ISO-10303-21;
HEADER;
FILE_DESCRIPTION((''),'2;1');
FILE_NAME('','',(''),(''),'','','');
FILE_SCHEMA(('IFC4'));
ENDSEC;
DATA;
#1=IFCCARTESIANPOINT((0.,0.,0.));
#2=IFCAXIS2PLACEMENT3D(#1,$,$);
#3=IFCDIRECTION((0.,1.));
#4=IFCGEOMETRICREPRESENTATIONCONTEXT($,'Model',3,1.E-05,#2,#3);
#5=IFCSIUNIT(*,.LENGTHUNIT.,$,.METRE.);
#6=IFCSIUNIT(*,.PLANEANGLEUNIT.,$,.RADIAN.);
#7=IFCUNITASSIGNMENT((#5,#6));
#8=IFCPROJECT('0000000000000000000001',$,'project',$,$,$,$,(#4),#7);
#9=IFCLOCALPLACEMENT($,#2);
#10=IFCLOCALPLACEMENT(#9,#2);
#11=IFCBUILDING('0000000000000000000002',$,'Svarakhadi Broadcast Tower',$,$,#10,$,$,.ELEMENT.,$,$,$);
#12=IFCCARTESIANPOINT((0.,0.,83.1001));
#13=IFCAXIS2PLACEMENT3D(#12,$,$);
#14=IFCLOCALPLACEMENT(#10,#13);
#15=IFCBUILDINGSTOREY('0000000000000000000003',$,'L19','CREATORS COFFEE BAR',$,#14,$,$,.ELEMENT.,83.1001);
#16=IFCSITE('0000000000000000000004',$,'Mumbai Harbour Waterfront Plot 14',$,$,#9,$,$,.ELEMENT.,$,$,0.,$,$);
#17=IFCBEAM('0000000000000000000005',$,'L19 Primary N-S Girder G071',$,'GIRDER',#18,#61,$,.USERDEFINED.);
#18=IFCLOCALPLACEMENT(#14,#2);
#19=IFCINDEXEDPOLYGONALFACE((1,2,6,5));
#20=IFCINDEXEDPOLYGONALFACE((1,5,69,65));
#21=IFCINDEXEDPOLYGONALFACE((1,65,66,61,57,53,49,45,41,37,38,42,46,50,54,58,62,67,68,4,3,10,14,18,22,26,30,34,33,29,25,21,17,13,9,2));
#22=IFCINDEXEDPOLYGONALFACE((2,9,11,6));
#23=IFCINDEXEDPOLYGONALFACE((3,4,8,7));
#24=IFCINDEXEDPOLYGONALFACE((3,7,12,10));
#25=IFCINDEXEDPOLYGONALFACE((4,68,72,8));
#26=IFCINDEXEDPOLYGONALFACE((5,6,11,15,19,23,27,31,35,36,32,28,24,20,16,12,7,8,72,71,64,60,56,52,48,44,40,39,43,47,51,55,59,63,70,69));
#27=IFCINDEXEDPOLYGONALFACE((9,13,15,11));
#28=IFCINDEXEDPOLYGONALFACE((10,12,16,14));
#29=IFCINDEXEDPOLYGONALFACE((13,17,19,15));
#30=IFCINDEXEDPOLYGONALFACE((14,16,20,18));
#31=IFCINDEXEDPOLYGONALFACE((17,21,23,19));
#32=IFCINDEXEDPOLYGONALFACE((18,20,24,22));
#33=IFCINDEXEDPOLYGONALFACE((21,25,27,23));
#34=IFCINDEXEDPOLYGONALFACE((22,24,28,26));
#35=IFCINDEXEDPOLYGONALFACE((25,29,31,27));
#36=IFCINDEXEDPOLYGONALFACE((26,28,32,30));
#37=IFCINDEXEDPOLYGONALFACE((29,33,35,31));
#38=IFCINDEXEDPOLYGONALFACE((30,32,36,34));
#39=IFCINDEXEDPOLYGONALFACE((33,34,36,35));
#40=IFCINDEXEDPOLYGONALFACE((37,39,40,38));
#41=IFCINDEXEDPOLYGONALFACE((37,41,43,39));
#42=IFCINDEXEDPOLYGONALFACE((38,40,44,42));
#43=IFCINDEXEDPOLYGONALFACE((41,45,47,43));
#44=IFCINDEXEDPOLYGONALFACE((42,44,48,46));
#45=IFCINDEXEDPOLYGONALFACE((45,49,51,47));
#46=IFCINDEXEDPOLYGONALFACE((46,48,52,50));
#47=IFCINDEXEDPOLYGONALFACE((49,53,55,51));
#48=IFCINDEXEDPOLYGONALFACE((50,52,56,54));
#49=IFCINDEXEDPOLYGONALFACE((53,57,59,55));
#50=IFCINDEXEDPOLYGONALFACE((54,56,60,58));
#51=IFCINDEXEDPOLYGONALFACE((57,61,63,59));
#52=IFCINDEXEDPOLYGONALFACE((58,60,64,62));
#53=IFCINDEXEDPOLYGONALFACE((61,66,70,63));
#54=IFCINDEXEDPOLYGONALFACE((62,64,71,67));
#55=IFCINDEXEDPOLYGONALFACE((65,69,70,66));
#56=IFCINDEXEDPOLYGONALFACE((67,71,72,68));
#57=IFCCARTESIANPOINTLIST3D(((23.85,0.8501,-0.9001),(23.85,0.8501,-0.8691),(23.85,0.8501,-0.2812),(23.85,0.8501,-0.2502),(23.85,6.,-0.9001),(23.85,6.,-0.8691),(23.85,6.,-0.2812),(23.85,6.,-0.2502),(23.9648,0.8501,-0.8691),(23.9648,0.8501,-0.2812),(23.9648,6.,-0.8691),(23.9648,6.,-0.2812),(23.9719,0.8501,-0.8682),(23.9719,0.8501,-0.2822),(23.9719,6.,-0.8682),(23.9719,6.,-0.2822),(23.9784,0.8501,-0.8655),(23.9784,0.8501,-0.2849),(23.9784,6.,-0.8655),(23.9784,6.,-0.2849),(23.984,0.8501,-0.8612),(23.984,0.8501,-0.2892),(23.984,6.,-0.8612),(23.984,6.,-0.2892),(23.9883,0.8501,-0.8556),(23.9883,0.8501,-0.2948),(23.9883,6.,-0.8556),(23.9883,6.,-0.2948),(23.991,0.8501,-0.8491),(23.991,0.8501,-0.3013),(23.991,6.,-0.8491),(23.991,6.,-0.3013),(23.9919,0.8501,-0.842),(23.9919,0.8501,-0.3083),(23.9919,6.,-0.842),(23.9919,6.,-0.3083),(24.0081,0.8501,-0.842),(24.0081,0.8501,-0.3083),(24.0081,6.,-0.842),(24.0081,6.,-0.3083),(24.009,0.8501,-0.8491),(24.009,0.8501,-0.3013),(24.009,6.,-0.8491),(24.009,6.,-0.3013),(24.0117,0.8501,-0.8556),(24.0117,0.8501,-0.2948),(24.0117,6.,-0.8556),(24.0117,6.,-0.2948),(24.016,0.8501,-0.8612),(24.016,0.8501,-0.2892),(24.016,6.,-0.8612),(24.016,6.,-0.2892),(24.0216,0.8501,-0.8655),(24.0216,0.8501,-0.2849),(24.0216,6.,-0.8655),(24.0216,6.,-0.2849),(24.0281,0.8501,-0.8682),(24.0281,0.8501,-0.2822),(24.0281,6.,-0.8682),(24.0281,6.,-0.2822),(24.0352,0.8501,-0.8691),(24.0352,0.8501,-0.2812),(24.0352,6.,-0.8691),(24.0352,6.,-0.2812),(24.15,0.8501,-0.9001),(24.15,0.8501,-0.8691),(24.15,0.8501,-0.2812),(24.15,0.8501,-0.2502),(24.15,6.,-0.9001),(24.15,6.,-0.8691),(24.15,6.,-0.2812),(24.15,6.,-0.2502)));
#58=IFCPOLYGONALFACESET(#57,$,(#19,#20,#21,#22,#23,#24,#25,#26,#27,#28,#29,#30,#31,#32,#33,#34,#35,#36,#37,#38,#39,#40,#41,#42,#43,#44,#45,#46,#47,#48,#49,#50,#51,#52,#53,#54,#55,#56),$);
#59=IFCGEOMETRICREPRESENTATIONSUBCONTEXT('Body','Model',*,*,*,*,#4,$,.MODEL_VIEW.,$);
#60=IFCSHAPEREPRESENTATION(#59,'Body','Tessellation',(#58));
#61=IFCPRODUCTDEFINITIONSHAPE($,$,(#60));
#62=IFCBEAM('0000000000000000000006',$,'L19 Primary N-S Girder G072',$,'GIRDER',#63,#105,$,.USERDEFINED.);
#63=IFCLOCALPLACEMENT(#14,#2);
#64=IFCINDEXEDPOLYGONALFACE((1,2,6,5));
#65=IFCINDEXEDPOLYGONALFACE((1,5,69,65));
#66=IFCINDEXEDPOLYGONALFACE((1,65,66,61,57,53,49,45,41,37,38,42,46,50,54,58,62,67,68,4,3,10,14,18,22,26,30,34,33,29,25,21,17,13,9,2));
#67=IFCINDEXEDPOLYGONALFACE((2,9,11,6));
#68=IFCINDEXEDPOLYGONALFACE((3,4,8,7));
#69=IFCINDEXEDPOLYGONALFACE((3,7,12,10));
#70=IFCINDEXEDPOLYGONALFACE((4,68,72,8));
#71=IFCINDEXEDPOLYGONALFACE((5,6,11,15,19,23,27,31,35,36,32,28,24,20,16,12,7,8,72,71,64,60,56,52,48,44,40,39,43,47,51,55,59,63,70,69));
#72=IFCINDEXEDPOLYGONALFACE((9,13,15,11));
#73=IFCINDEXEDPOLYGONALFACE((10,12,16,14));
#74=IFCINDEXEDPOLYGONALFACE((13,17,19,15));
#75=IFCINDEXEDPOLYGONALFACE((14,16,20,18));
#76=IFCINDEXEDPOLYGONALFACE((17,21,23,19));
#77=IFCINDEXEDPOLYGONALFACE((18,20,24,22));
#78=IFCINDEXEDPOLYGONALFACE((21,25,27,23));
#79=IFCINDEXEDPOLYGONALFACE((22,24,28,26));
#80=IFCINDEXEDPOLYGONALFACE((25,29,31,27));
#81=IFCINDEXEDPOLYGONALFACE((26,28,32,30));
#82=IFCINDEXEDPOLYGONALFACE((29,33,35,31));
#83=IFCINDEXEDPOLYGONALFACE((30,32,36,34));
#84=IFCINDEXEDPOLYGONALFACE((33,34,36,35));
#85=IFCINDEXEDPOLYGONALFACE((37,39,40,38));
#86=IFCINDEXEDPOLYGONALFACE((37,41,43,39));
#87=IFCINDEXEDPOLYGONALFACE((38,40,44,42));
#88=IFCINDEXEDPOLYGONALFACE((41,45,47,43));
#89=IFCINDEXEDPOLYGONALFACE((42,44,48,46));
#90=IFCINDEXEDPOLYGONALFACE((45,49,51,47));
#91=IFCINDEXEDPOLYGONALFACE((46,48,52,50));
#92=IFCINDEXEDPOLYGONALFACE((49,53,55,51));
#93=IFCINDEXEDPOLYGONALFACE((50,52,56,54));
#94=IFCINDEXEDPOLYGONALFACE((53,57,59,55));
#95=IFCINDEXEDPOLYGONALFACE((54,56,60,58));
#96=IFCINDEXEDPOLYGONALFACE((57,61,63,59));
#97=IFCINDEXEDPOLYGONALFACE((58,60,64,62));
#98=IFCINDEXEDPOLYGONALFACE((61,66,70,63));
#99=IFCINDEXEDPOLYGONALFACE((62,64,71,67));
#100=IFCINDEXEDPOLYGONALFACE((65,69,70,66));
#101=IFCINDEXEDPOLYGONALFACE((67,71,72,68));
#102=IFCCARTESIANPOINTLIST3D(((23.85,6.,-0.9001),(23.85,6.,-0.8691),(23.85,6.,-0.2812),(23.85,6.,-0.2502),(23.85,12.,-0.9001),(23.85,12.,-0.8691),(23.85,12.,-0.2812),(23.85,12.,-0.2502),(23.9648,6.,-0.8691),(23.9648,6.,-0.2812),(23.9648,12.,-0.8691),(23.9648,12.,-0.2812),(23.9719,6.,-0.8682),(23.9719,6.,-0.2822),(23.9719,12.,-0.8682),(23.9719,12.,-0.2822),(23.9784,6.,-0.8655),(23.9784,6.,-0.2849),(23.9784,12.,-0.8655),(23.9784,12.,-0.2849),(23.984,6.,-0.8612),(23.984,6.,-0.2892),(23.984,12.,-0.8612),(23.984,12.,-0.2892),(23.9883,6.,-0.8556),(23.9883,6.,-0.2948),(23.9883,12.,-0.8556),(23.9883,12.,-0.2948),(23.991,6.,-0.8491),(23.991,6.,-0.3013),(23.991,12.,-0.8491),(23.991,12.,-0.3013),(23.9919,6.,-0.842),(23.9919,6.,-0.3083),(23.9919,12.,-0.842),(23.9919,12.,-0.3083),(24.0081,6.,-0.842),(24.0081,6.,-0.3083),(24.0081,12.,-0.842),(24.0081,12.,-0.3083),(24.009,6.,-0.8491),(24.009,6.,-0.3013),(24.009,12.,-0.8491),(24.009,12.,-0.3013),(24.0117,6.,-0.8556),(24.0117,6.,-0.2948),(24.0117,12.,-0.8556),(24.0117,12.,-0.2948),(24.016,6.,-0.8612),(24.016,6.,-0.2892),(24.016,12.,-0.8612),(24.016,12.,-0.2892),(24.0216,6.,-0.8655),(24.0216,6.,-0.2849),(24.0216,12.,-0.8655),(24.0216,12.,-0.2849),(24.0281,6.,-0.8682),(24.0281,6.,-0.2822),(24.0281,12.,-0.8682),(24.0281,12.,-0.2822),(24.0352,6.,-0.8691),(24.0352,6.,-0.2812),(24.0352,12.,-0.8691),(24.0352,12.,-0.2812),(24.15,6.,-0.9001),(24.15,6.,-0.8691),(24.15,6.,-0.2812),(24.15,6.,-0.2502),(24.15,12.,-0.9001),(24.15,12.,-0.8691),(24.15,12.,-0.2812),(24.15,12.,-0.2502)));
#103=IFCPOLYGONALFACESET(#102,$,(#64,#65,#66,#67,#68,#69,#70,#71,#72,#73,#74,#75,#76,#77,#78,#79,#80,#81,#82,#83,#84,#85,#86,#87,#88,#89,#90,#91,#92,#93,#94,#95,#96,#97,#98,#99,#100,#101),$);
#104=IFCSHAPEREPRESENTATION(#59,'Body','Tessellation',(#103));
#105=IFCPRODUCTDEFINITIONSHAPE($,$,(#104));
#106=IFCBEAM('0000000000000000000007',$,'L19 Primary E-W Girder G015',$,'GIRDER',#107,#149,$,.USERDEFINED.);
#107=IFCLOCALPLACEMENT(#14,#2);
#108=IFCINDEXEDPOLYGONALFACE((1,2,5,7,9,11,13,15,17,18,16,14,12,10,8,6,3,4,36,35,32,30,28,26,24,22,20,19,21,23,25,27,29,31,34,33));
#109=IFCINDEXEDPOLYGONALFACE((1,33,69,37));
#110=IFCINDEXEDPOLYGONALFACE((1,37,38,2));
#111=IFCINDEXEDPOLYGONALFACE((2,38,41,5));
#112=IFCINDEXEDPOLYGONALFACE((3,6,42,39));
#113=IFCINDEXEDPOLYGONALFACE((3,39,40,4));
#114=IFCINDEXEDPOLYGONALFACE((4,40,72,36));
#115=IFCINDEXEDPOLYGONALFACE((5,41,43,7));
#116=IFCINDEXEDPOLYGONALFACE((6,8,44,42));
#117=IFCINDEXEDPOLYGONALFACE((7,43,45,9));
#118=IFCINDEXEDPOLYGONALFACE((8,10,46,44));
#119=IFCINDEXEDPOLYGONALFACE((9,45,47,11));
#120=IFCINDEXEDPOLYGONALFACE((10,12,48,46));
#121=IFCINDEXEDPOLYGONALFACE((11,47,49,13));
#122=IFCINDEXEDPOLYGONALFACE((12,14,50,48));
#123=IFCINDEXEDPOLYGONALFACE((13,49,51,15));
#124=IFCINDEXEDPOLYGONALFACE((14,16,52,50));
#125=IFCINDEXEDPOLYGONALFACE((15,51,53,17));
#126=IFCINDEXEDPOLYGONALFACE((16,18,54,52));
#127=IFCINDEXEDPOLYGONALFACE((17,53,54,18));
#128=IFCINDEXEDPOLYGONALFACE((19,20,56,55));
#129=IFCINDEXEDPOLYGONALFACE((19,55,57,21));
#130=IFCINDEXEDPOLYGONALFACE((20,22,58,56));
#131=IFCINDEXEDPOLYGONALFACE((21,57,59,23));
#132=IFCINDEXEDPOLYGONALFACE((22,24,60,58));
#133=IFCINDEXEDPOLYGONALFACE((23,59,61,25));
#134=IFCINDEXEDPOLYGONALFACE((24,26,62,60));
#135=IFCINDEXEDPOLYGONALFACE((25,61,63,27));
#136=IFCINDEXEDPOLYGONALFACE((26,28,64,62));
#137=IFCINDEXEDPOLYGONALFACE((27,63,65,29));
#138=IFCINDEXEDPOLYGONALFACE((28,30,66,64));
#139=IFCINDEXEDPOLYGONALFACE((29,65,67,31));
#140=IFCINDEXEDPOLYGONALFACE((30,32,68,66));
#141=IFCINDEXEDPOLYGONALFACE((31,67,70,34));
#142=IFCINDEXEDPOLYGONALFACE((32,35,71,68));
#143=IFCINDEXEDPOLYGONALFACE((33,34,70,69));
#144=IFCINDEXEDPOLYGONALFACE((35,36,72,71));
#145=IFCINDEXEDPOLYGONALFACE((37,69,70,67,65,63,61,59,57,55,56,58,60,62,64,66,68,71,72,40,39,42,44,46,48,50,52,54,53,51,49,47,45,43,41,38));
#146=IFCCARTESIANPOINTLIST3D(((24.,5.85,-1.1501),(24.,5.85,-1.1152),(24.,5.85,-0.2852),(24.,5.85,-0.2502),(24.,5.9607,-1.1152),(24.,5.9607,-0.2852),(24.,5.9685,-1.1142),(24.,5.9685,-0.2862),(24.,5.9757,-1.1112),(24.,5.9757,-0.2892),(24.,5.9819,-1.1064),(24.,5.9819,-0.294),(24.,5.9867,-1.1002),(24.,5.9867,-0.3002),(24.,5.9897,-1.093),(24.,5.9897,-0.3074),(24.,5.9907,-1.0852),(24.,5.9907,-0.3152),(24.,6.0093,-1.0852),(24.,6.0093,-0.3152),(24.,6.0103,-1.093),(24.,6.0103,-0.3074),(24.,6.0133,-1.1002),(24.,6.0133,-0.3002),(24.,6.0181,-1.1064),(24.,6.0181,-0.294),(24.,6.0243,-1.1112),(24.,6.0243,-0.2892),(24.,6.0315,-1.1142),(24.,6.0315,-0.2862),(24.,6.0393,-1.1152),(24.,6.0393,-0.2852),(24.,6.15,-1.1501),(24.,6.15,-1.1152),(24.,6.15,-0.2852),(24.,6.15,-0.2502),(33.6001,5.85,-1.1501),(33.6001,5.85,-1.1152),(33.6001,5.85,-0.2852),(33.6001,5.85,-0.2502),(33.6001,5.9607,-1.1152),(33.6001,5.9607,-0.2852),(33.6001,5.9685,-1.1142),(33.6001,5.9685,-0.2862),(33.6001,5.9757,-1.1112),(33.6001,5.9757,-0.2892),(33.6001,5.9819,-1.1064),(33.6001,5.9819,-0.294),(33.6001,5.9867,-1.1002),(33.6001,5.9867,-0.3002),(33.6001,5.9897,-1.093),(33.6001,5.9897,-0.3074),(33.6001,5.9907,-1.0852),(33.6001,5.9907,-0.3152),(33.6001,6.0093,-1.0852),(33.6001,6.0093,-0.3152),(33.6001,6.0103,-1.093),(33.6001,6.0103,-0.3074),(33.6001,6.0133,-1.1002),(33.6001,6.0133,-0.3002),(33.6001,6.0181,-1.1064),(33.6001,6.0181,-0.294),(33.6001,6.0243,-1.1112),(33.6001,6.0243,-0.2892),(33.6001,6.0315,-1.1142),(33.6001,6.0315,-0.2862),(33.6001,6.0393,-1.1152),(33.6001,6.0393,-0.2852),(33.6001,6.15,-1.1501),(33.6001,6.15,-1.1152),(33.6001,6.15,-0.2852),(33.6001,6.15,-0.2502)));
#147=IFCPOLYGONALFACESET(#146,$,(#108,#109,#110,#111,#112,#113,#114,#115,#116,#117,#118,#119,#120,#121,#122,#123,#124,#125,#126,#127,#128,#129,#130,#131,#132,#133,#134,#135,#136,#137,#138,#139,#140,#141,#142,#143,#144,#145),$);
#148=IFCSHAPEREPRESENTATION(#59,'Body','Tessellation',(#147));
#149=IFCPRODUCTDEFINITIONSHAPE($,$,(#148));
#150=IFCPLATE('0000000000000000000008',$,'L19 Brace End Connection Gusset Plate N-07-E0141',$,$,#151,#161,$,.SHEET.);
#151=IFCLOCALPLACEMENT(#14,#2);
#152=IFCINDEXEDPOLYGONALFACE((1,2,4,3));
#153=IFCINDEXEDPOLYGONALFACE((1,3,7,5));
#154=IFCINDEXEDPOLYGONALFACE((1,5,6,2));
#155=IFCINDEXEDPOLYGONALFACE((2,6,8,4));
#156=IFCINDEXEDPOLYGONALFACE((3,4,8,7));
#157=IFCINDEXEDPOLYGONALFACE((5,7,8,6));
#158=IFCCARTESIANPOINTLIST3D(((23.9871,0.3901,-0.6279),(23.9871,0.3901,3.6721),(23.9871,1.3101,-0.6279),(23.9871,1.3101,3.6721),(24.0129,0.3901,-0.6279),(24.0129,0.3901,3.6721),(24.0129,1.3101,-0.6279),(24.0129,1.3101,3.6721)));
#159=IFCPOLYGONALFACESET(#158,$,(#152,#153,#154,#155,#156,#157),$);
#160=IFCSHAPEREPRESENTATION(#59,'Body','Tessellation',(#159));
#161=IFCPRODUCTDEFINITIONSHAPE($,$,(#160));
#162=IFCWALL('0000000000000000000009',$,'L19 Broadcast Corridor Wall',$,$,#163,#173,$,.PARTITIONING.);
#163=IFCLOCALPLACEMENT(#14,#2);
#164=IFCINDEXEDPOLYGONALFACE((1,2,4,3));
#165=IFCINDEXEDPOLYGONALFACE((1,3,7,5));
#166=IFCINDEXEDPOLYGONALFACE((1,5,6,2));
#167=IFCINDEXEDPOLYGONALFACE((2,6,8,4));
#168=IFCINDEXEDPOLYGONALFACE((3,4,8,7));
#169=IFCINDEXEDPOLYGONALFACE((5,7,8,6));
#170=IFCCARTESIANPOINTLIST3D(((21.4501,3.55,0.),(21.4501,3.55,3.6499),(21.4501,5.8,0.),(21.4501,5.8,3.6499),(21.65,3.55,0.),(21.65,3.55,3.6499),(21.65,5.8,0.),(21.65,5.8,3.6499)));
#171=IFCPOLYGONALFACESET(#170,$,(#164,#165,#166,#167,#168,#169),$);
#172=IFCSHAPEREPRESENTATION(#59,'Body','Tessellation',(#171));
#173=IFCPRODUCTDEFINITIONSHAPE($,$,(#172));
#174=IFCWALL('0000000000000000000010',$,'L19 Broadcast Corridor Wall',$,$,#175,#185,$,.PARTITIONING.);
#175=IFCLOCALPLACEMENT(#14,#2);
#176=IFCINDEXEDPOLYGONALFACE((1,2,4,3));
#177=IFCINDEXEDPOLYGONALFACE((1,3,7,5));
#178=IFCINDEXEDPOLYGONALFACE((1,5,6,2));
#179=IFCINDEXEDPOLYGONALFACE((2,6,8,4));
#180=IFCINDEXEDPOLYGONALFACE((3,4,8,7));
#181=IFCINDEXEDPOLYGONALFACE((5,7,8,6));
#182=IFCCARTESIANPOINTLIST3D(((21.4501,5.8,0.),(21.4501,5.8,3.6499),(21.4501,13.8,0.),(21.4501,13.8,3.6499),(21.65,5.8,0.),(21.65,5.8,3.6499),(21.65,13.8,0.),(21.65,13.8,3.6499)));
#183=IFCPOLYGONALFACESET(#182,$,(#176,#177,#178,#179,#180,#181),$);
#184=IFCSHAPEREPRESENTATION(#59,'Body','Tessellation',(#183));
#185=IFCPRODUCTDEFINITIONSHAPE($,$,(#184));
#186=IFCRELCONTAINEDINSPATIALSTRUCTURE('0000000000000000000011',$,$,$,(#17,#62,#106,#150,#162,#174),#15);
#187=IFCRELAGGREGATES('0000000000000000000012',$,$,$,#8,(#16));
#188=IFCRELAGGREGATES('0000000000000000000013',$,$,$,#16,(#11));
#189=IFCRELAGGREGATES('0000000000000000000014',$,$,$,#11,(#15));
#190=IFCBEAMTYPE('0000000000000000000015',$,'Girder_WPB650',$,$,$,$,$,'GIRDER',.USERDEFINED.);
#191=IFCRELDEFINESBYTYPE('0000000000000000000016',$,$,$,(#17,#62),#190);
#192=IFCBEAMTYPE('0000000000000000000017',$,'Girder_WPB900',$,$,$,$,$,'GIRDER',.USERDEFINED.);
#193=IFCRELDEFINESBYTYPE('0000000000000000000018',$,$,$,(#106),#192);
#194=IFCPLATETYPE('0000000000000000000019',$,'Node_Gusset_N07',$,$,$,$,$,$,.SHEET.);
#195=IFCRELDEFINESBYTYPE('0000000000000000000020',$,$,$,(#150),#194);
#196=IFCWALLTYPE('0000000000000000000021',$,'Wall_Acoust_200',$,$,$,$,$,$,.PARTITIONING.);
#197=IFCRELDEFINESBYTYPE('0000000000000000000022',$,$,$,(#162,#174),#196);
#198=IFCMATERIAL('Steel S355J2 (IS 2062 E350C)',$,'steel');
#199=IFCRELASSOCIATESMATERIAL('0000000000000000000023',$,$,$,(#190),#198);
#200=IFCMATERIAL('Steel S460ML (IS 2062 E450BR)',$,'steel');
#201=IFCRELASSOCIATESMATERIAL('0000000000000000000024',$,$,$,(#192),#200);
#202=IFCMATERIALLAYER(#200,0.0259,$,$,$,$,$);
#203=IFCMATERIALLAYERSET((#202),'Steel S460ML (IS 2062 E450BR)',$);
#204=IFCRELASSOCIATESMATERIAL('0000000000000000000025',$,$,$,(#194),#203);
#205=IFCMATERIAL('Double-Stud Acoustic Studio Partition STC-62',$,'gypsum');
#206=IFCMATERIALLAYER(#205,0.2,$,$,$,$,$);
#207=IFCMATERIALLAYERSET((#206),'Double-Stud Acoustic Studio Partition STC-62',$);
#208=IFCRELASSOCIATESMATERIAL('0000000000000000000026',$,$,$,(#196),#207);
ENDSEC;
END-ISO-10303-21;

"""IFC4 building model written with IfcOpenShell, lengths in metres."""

from ifc_helpers import new_model, si_unit, direction, frame, frame_2d, origin, origin_2d, place, context, subcontext, project, spatial, rectangle, i_section, extrude, material, layer, layer_set, material_profile, profile_set, type_object, element, save


model = new_model("IFC4")

# Units and contexts
model_context = context("Model", 3, precision=1e-05, world=origin(), true_north=direction((0.0, 1.0)))
body_context = subcontext(model_context, "Body", "Model", "MODEL_VIEW")
ifc_project = project(units=[si_unit("LENGTHUNIT", "METRE"), si_unit("PLANEANGLEUNIT", "RADIAN")], contexts=[model_context])

# Site, building, storey
site_placement = place(None, origin())
site = spatial("IfcSite", under=ifc_project, at=site_placement, Name="Mumbai Harbour Waterfront Plot 14", CompositionType="ELEMENT", RefElevation=0.0)
building_placement = place(site_placement, origin())
building = spatial("IfcBuilding", under=site, at=building_placement, Name="Svarakhadi Broadcast Tower", CompositionType="ELEMENT")
storey_placement = place(building_placement, frame((0.0, 0.0, 83.1001)))
storey = spatial("IfcBuildingStorey", under=building, at=storey_placement, Name="L19", Description="CREATORS COFFEE BAR", CompositionType="ELEMENT", Elevation=83.1001)

# Beams
ifc_material_1 = material(Name="Steel S355J2 (IS 2062 E350C)", Category="steel")
ifc_material_profile_1 = material_profile(ifc_material_1, i_section(OverallWidth=0.3, OverallDepth=0.6499, WebThickness=0.0161, FlangeThickness=0.031, FilletRadius=0.0271, at=origin_2d()), Name="WPB 650x300x225")
ifc_profile_set_1 = profile_set([ifc_material_profile_1], Name="Steel S355J2 (IS 2062 E350C)")
beam_type_1 = type_object("IfcBeamType", Name="Girder_WPB650", ElementType="GIRDER", PredefinedType="USERDEFINED", material=ifc_profile_set_1)
beam_1_placement = place(storey_placement, frame((24.0, 0.8501, -0.5752), z_axis=(0.0, 1.0, 0.0), x_axis=(-1.0, 0.0, 0.0)))
element("IfcBeam", 1, at=beam_1_placement, inside=storey, type_object=beam_type_1, Name="L19 Primary N-S Girder G071", ObjectType="GIRDER", PredefinedType="USERDEFINED", context=body_context, shape_type="SweptSolid", body=[
    extrude(i_section(OverallWidth=0.3, OverallDepth=0.6499, WebThickness=0.0161, FlangeThickness=0.031, FilletRadius=0.0271, at=origin_2d()), origin(), (0.0, 0.0, 1.0), 5.1499),
])
beam_2_placement = place(storey_placement, frame((24.0, 6.0, -0.5752), z_axis=(0.0, 1.0, 0.0), x_axis=(-1.0, 0.0, 0.0)))
element("IfcBeam", 2, at=beam_2_placement, inside=storey, type_object=beam_type_1, Name="L19 Primary N-S Girder G072", ObjectType="GIRDER", PredefinedType="USERDEFINED", context=body_context, shape_type="SweptSolid", body=[
    extrude(i_section(OverallWidth=0.3, OverallDepth=0.6499, WebThickness=0.0161, FlangeThickness=0.031, FilletRadius=0.0271, at=origin_2d()), origin(), (0.0, 0.0, 1.0), 6.0),
])
ifc_material_2 = material(Name="Steel S460ML (IS 2062 E450BR)", Category="steel")
ifc_material_profile_2 = material_profile(ifc_material_2, i_section(OverallWidth=0.3, OverallDepth=0.8999, WebThickness=0.0186, FlangeThickness=0.0349, FilletRadius=0.03, at=origin_2d()), Name="WPB 900x300x291")
ifc_profile_set_2 = profile_set([ifc_material_profile_2], Name="Steel S460ML (IS 2062 E450BR)")
beam_type_2 = type_object("IfcBeamType", Name="Girder_WPB900", ElementType="GIRDER", PredefinedType="USERDEFINED", material=ifc_profile_set_2)
beam_3_placement = place(storey_placement, frame((24.0, 6.0, -0.7002), z_axis=(1.0, 0.0, 0.0), x_axis=(0.0, 1.0, 0.0)))
element("IfcBeam", 3, at=beam_3_placement, inside=storey, type_object=beam_type_2, Name="L19 Primary E-W Girder G015", ObjectType="GIRDER", PredefinedType="USERDEFINED", context=body_context, shape_type="SweptSolid", body=[
    extrude(i_section(OverallWidth=0.3, OverallDepth=0.8999, WebThickness=0.0186, FlangeThickness=0.0349, FilletRadius=0.03, at=origin_2d()), origin(), (0.0, 0.0, 1.0), 9.6001),
])

# Plate
ifc_layer_1 = layer(ifc_material_2, 0.0259)
ifc_layer_set_1 = layer_set([ifc_layer_1], Name="Steel S460ML (IS 2062 E450BR)")
plate_type = type_object("IfcPlateType", Name="Node_Gusset_N07", PredefinedType="SHEET", material=ifc_layer_set_1)
plate_placement = place(storey_placement, frame((24.0, 0.8501, -0.6279), z_axis=(0.0, 0.0, 1.0), x_axis=(0.0, 1.0, 0.0)))
element("IfcPlate", 4, at=plate_placement, inside=storey, type_object=plate_type, Name="L19 Brace End Connection Gusset Plate N-07-E0141", PredefinedType="SHEET", context=body_context, shape_type="SweptSolid", body=[
    extrude(rectangle(XDim=0.9199, YDim=0.0259, at=origin_2d()), origin(), (0.0, 0.0, 1.0), 4.3),
])

# Walls
ifc_material_3 = material(Name="Double-Stud Acoustic Studio Partition STC-62", Category="gypsum")
ifc_layer_2 = layer(ifc_material_3, 0.2)
ifc_layer_set_2 = layer_set([ifc_layer_2], Name="Double-Stud Acoustic Studio Partition STC-62")
wall_type_1 = type_object("IfcWallType", Name="Wall_Acoust_200", PredefinedType="PARTITIONING", material=ifc_layer_set_2)
wall_1_placement = place(storey_placement, frame((21.55, 3.55, 0.0), z_axis=(0.0, 0.0, 1.0), x_axis=(0.0, 1.0, 0.0)))
element("IfcWall", 5, at=wall_1_placement, inside=storey, type_object=wall_type_1, Name="L19 Broadcast Corridor Wall", PredefinedType="PARTITIONING", context=body_context, shape_type="SweptSolid", body=[
    extrude(rectangle(XDim=2.25, YDim=0.2, at=frame_2d((1.125, 0.0))), origin(), (0.0, 0.0, 1.0), 3.6499),
])
wall_2_placement = place(storey_placement, frame((21.55, 5.8, 0.0), z_axis=(0.0, 0.0, 1.0), x_axis=(0.0, 1.0, 0.0)))
element("IfcWall", 6, at=wall_2_placement, inside=storey, type_object=wall_type_1, Name="L19 Broadcast Corridor Wall", PredefinedType="PARTITIONING", context=body_context, shape_type="SweptSolid", body=[
    extrude(rectangle(XDim=8.0, YDim=0.2, at=frame_2d((4.0, 0.0))), origin(), (0.0, 0.0, 1.0), 3.6499),
])

save(model, "model.ifc")
